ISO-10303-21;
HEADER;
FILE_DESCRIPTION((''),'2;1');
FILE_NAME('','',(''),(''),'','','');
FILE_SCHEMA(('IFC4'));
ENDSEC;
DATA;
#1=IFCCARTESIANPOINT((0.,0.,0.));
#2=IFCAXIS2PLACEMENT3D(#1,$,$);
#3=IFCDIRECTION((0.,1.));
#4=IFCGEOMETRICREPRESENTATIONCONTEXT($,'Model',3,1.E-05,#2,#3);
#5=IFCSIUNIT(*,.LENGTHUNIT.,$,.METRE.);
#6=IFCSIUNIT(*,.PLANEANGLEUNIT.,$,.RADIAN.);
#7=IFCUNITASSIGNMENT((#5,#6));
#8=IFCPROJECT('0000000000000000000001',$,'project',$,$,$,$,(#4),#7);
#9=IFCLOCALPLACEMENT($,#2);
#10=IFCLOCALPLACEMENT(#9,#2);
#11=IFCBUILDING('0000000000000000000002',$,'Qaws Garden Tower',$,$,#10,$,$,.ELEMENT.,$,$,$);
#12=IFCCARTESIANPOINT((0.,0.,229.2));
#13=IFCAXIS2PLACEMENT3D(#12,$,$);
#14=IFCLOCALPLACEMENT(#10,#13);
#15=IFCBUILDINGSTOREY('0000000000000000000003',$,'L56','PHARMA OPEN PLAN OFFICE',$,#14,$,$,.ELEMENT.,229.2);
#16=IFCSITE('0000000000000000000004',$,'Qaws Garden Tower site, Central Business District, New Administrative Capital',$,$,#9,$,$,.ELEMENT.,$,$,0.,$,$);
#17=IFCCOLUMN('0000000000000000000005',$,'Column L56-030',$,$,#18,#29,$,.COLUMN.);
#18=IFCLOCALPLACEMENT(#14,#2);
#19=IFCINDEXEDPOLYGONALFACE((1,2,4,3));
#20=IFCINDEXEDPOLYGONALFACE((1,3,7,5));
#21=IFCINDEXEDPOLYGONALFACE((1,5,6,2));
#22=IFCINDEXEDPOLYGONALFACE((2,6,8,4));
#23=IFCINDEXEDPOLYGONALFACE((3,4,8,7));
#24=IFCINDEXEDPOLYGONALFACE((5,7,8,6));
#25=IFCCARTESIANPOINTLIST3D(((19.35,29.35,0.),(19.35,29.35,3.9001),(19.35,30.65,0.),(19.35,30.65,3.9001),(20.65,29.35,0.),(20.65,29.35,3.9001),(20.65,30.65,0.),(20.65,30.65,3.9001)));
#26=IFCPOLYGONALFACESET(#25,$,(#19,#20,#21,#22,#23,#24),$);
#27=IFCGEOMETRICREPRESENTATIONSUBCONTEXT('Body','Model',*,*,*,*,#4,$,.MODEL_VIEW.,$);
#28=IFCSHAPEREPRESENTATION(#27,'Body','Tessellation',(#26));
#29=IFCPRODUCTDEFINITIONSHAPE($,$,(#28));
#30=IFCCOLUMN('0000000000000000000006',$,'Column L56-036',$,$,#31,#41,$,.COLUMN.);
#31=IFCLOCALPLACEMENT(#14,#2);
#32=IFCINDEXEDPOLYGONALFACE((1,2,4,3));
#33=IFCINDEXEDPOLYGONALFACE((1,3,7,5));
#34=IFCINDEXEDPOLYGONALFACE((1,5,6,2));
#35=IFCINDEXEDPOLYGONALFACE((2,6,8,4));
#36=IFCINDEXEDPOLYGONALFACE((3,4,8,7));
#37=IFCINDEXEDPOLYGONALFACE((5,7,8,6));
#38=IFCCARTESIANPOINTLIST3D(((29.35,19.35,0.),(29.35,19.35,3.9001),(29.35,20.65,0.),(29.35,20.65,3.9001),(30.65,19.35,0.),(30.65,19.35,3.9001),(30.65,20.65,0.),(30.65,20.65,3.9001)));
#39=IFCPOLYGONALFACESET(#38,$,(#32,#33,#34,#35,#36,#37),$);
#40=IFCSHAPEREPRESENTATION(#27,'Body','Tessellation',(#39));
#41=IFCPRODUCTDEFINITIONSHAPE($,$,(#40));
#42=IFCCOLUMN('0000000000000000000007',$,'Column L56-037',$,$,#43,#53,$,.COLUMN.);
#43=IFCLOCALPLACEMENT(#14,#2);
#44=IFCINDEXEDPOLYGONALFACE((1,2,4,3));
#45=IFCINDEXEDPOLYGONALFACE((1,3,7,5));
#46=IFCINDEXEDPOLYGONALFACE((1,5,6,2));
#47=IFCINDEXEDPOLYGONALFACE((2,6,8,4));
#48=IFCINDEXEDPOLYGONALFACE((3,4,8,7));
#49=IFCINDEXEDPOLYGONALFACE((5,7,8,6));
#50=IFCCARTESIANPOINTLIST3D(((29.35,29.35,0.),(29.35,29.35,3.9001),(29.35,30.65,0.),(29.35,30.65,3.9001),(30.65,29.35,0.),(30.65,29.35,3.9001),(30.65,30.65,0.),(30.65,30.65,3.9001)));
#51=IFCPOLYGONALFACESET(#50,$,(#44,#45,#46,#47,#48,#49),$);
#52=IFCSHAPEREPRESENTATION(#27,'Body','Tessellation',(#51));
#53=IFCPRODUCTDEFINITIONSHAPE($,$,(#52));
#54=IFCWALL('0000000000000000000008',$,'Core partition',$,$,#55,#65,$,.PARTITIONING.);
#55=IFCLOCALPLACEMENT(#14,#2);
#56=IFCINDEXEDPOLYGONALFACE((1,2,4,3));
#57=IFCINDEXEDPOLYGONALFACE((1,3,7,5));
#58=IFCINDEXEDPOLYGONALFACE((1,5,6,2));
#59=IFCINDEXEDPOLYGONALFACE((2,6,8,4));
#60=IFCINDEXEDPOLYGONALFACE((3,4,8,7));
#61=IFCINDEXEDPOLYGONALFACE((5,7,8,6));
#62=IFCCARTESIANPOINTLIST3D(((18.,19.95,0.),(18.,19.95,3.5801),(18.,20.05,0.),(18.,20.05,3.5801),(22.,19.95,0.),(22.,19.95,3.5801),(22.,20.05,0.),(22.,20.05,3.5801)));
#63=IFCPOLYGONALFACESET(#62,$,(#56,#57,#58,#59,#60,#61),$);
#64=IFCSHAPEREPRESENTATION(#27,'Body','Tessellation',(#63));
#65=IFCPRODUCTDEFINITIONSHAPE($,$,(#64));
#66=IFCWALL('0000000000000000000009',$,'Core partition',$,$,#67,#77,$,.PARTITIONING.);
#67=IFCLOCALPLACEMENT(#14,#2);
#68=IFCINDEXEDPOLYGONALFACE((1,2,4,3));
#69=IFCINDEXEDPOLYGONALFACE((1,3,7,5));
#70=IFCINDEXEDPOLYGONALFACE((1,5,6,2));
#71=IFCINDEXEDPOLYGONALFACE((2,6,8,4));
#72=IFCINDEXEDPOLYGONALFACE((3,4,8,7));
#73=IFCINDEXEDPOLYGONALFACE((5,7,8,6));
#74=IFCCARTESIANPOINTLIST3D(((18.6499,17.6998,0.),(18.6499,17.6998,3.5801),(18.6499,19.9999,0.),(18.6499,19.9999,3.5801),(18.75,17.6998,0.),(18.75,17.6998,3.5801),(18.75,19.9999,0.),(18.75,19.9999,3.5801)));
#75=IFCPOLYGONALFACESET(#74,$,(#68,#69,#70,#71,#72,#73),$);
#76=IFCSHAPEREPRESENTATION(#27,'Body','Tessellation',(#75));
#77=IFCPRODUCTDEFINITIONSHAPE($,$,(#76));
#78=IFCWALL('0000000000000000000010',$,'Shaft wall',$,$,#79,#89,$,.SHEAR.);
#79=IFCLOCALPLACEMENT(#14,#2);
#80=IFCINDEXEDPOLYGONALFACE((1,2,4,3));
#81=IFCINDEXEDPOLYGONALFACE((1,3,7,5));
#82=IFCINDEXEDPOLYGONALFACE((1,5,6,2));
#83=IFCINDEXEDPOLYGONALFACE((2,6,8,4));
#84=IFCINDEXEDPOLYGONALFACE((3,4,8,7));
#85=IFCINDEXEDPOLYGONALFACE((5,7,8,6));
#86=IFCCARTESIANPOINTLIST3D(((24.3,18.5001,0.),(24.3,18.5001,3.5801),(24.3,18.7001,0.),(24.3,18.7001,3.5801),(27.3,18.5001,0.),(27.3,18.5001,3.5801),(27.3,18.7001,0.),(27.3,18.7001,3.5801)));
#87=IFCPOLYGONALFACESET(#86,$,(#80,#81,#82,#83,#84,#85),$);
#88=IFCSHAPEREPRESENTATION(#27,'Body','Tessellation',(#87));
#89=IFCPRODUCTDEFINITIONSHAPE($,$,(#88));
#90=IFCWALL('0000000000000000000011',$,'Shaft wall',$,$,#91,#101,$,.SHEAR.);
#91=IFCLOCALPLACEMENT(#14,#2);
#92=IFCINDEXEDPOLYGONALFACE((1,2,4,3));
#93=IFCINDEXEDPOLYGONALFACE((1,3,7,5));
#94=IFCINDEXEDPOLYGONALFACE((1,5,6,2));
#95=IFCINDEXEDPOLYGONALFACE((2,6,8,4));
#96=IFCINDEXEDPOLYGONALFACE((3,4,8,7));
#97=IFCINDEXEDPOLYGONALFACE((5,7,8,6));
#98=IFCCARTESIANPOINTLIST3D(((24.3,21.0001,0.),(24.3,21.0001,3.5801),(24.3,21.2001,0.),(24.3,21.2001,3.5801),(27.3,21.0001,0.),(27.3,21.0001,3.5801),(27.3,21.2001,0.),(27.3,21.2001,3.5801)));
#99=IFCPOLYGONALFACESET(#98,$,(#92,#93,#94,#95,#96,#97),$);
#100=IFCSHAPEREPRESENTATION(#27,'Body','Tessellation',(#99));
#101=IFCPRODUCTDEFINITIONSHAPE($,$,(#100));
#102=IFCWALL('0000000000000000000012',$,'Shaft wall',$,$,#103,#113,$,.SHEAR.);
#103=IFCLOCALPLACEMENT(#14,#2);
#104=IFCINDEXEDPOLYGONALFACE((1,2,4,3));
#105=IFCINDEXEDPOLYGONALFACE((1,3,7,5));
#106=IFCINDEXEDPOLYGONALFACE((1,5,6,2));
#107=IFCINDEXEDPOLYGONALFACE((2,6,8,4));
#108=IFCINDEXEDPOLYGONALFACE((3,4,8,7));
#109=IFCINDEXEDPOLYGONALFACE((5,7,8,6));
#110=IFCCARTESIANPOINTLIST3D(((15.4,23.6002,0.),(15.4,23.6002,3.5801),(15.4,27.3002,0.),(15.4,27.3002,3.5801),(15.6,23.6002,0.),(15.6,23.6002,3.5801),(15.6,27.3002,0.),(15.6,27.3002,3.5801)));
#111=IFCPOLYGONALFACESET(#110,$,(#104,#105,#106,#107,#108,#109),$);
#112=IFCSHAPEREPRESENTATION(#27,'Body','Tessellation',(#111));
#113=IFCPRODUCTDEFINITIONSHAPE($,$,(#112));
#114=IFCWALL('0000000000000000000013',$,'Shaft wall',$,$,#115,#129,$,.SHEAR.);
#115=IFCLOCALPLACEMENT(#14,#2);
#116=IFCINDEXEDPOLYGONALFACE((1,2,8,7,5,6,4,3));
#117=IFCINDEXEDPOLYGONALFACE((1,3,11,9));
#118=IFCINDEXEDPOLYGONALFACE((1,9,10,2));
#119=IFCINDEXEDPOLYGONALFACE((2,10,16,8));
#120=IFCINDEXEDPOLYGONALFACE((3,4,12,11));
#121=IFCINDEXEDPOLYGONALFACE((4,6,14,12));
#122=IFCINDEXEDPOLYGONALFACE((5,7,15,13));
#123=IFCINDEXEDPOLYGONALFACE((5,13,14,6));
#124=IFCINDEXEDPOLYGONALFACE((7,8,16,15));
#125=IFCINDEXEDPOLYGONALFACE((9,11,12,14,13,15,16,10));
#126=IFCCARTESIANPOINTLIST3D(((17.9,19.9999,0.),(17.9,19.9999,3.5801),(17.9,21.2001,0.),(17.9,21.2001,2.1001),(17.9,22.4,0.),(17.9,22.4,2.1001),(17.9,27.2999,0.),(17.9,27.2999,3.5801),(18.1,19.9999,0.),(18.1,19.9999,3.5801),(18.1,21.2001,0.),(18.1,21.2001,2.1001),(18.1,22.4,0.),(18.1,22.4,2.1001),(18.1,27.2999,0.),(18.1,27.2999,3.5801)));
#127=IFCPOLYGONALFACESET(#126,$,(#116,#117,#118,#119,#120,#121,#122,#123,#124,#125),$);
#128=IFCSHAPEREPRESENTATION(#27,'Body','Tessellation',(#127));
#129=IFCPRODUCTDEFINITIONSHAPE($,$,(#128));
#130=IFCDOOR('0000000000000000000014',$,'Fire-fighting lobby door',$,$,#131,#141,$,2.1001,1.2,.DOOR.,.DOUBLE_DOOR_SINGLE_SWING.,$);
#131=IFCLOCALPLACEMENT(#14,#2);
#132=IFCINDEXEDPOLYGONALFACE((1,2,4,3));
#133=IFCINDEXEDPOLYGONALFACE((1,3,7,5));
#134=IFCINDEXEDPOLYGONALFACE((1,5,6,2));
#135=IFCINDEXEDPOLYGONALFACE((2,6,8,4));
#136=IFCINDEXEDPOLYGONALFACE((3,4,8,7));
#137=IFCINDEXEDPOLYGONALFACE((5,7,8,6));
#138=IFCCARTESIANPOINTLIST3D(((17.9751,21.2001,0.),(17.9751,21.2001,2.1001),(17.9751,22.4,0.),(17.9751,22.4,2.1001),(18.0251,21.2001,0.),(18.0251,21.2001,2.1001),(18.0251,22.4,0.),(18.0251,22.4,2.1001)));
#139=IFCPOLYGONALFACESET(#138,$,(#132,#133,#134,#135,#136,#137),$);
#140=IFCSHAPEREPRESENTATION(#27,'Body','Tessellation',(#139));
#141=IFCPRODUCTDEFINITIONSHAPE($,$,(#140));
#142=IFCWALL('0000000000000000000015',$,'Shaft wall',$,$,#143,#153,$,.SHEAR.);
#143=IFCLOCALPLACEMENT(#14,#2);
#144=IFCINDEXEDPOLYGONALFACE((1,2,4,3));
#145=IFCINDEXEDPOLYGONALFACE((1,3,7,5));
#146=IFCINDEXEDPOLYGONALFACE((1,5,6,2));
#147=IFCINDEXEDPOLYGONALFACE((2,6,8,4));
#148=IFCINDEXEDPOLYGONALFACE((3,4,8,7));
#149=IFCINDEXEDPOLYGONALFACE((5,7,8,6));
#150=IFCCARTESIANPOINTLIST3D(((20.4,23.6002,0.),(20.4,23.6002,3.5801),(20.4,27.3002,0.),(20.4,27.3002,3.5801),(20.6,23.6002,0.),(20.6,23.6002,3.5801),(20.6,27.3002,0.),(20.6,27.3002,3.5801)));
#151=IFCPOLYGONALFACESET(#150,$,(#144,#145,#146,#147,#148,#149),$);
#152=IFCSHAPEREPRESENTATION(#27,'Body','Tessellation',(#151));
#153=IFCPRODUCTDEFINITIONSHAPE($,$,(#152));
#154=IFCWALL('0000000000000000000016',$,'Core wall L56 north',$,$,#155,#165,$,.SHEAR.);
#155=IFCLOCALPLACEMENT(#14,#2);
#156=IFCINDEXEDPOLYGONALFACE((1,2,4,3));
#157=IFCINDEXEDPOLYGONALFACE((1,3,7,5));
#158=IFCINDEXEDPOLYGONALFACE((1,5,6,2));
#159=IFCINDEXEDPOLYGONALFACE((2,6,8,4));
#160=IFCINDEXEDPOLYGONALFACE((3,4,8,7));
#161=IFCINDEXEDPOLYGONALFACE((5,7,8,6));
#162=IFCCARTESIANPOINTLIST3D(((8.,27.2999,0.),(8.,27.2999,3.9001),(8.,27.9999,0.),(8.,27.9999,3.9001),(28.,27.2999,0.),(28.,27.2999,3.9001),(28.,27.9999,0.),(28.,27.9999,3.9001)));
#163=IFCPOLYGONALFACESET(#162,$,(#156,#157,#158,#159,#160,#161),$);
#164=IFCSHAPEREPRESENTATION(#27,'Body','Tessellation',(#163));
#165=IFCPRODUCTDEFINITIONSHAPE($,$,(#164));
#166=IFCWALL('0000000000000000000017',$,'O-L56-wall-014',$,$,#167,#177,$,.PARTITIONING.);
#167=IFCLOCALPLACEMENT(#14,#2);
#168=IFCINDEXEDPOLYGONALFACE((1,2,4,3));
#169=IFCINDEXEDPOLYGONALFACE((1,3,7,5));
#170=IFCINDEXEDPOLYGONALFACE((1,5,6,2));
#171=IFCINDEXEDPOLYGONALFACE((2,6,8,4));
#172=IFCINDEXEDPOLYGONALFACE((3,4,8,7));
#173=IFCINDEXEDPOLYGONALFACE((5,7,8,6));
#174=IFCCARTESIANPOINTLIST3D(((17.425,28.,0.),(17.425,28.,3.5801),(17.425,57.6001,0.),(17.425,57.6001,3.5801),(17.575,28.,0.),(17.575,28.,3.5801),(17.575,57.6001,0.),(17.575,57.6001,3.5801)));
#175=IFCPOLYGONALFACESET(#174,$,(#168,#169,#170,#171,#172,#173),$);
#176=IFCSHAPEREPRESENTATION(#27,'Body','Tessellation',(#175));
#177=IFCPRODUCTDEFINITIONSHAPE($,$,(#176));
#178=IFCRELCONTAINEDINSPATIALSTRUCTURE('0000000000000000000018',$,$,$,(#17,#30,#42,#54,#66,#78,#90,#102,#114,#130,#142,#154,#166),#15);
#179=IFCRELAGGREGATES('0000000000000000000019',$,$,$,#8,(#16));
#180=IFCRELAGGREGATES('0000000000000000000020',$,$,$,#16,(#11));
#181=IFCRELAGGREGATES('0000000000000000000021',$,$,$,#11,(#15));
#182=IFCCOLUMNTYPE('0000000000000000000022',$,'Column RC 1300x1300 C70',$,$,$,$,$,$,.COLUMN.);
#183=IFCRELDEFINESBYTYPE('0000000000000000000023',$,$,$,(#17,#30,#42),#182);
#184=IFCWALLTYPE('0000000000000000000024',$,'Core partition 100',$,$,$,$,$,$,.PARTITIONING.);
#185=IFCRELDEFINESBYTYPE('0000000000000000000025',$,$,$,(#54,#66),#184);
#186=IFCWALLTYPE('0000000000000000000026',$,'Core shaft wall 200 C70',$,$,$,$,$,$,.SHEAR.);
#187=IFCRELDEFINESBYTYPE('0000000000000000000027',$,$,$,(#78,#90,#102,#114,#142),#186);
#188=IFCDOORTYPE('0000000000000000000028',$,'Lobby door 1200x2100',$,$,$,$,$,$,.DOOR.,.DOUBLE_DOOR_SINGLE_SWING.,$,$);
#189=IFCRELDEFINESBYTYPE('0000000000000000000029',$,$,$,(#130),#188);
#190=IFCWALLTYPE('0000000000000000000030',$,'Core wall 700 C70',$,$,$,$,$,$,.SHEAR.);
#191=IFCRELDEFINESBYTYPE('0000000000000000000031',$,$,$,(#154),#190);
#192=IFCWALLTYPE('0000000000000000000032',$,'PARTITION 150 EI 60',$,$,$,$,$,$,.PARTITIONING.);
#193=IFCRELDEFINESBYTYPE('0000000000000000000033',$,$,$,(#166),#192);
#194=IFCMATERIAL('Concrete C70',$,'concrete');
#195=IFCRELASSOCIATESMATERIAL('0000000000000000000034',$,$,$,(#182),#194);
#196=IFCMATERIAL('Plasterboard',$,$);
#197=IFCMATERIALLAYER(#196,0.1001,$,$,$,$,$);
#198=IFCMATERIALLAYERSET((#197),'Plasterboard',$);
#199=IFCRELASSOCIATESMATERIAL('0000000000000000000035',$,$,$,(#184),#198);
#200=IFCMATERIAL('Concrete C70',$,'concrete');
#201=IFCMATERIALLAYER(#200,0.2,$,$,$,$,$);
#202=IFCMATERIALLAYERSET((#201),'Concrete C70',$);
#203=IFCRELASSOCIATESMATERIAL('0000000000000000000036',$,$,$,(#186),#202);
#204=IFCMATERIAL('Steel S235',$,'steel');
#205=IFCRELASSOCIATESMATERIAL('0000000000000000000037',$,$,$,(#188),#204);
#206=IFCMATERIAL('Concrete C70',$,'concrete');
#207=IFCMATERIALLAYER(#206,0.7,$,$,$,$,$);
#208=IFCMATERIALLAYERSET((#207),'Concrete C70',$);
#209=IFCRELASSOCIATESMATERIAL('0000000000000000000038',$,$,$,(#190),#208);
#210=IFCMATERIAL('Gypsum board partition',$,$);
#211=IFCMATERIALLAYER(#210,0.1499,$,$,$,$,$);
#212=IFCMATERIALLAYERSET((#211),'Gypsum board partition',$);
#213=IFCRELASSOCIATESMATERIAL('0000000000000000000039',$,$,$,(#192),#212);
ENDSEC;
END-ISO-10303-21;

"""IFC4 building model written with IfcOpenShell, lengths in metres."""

from ifc_helpers import new_model, si_unit, direction, frame, frame_2d, origin, origin_2d, place, context, subcontext, project, spatial, rectangle, extrude, material, layer, layer_set, material_profile, profile_set, type_object, element, fill, save


model = new_model("IFC4")

# Units and contexts
model_context = context("Model", 3, precision=1e-05, world=origin(), true_north=direction((0.0, 1.0)))
body_context = subcontext(model_context, "Body", "Model", "MODEL_VIEW")
ifc_project = project(units=[si_unit("LENGTHUNIT", "METRE"), si_unit("PLANEANGLEUNIT", "RADIAN")], contexts=[model_context])

# Site, building, storey
site_placement = place(None, origin())
site = spatial("IfcSite", under=ifc_project, at=site_placement, Name="Qaws Garden Tower site, Central Business District, New Administrative Capital", CompositionType="ELEMENT", RefElevation=0.0)
building_placement = place(site_placement, origin())
building = spatial("IfcBuilding", under=site, at=building_placement, Name="Qaws Garden Tower", CompositionType="ELEMENT")
storey_placement = place(building_placement, frame((0.0, 0.0, 229.2)))
storey = spatial("IfcBuildingStorey", under=building, at=storey_placement, Name="L56", Description="PHARMA OPEN PLAN OFFICE", CompositionType="ELEMENT", Elevation=229.2)

# Columns
ifc_material_1 = material(Name="Concrete C70", Category="concrete")
ifc_material_profile = material_profile(ifc_material_1, rectangle(XDim=1.3, YDim=1.3, at=origin_2d()), Name="RC 1300x1300")
ifc_profile_set = profile_set([ifc_material_profile], Name="Concrete C70")
column_type = type_object("IfcColumnType", Name="Column RC 1300x1300 C70", PredefinedType="COLUMN", material=ifc_profile_set)
for number, where, z_axis, x_axis, name in (
    (1, (20.0, 30.0, 0.0), (0.0, 0.0, 1.0), (1.0, 0.0, 0.0), "Column L56-030"),
    (2, (30.0, 20.0, 0.0), (0.0, 0.0, 1.0), (1.0, 0.0, 0.0), "Column L56-036"),
    (3, (30.0, 30.0, 0.0), (0.0, 0.0, 1.0), (1.0, 0.0, 0.0), "Column L56-037"),
):
    element("IfcColumn", number, at=place(storey_placement, frame(where, z_axis=z_axis, x_axis=x_axis)), inside=storey, type_object=column_type, Name=name, PredefinedType="COLUMN", context=body_context, shape_type="SweptSolid", body=[
        extrude(rectangle(XDim=1.3, YDim=1.3, at=origin_2d()), origin(), (0.0, 0.0, 1.0), 3.9001),
    ])

# Walls
ifc_material_2 = material(Name="Plasterboard")
ifc_layer_1 = layer(ifc_material_2, 0.1001)
ifc_layer_set_1 = layer_set([ifc_layer_1], Name="Plasterboard")
wall_type_1 = type_object("IfcWallType", Name="Core partition 100", PredefinedType="PARTITIONING", material=ifc_layer_set_1)
wall_1_placement = place(storey_placement, frame((18.0, 20.0, 0.0), z_axis=(0.0, 0.0, 1.0), x_axis=(1.0, 0.0, 0.0)))
element("IfcWall", 4, at=wall_1_placement, inside=storey, type_object=wall_type_1, Name="Core partition", PredefinedType="PARTITIONING", context=body_context, shape_type="SweptSolid", body=[
    extrude(rectangle(XDim=4.0, YDim=0.1001, at=frame_2d((2.0, 0.0))), origin(), (0.0, 0.0, 1.0), 3.5801),
])
wall_2_placement = place(storey_placement, frame((18.7, 17.7, 0.0), z_axis=(0.0, 0.0, 1.0), x_axis=(0.0, 1.0, 0.0)))
element("IfcWall", 5, at=wall_2_placement, inside=storey, type_object=wall_type_1, Name="Core partition", PredefinedType="PARTITIONING", context=body_context, shape_type="SweptSolid", body=[
    extrude(rectangle(XDim=2.3, YDim=0.1001, at=frame_2d((1.1499, 0.0))), origin(), (0.0, 0.0, 1.0), 3.5801),
])
ifc_material_3 = material(Name="Concrete C70", Category="concrete")
ifc_layer_2 = layer(ifc_material_3, 0.2)
ifc_layer_set_2 = layer_set([ifc_layer_2], Name="Concrete C70")
wall_type_2 = type_object("IfcWallType", Name="Core shaft wall 200 C70", PredefinedType="SHEAR", material=ifc_layer_set_2)
for number, where, z_axis, x_axis, name in (
    (6, (24.3, 18.6001, 0.0), (0.0, 0.0, 1.0), (1.0, 0.0, 0.0), "Shaft wall"),
    (7, (24.3, 21.1001, 0.0), (0.0, 0.0, 1.0), (1.0, 0.0, 0.0), "Shaft wall"),
):
    element("IfcWall", number, at=place(storey_placement, frame(where, z_axis=z_axis, x_axis=x_axis)), inside=storey, type_object=wall_type_2, Name=name, PredefinedType="SHEAR", context=body_context, shape_type="SweptSolid", body=[
        extrude(rectangle(XDim=3.0, YDim=0.2, at=frame_2d((1.5, 0.0))), origin(), (0.0, 0.0, 1.0), 3.5801),
    ])
wall_3_placement = place(storey_placement, frame((15.5, 23.6001, 0.0), z_axis=(0.0, 0.0, 1.0), x_axis=(0.0, 1.0, 0.0)))
element("IfcWall", 8, at=wall_3_placement, inside=storey, type_object=wall_type_2, Name="Shaft wall", PredefinedType="SHEAR", context=body_context, shape_type="SweptSolid", body=[
    extrude(rectangle(XDim=3.7, YDim=0.2, at=frame_2d((1.8501, 0.0))), origin(), (0.0, 0.0, 1.0), 3.5801),
])

# Wall, opening, door
wall_4_placement = place(storey_placement, frame((18.0, 20.0, 0.0), z_axis=(0.0, 0.0, 1.0), x_axis=(0.0, 1.0, 0.0)))
wall_4 = element("IfcWall", 9, at=wall_4_placement, inside=storey, type_object=wall_type_2, Name="Shaft wall", PredefinedType="SHEAR", context=body_context, shape_type="SweptSolid", body=[
    extrude(rectangle(XDim=7.3, YDim=0.2, at=frame_2d((3.6499, 0.0))), origin(), (0.0, 0.0, 1.0), 3.5801),
])
opening_1_placement = place(wall_4_placement, frame((1.2, 0.0, 0.0)))
opening_1 = element("IfcOpeningElement", 10, at=opening_1_placement, cuts=wall_4, PredefinedType="OPENING", context=body_context, shape_type="SweptSolid", body=[
    extrude(rectangle(XDim=1.2, YDim=2.1001, at=frame_2d((0.6001, 1.05))), frame((0.0, 0.1099, 0.0), z_axis=(0.0, -1.0, 0.0), x_axis=(1.0, 0.0, 0.0)), (0.0, 0.0, 1.0), 0.22),
])
ifc_material_4 = material(Name="Steel S235", Category="steel")
door_type_1 = type_object("IfcDoorType", Name="Lobby door 1200x2100", OperationType="DOUBLE_DOOR_SINGLE_SWING", PredefinedType="DOOR", material=ifc_material_4)
door_1_placement = place(opening_1_placement, origin())
door_1 = element("IfcDoor", 11, at=door_1_placement, inside=storey, type_object=door_type_1, Name="Fire-fighting lobby door", OperationType="DOUBLE_DOOR_SINGLE_SWING", OverallHeight=2.1001, OverallWidth=1.2, PredefinedType="DOOR", context=body_context, shape_type="SweptSolid", body=[
    extrude(rectangle(XDim=1.2, YDim=2.1001, at=frame_2d((0.6001, 1.05))), frame((0.0, 0.0249, 0.0), z_axis=(0.0, -1.0, 0.0), x_axis=(1.0, 0.0, 0.0)), (0.0, 0.0, 1.0), 0.05),
])
fill(opening_1, door_1)

# Walls
wall_5_placement = place(storey_placement, frame((20.5, 23.6001, 0.0), z_axis=(0.0, 0.0, 1.0), x_axis=(0.0, 1.0, 0.0)))
element("IfcWall", 12, at=wall_5_placement, inside=storey, type_object=wall_type_2, Name="Shaft wall", PredefinedType="SHEAR", context=body_context, shape_type="SweptSolid", body=[
    extrude(rectangle(XDim=3.7, YDim=0.2, at=frame_2d((1.8501, 0.0))), origin(), (0.0, 0.0, 1.0), 3.5801),
])
ifc_material_5 = material(Name="Concrete C70", Category="concrete")
ifc_layer_3 = layer(ifc_material_5, 0.7)
ifc_layer_set_3 = layer_set([ifc_layer_3], Name="Concrete C70")
wall_type_3 = type_object("IfcWallType", Name="Core wall 700 C70", PredefinedType="SHEAR", material=ifc_layer_set_3)
wall_6_placement = place(storey_placement, frame((28.0, 27.6499, 0.0), z_axis=(0.0, 0.0, 1.0), x_axis=(-1.0, 0.0, 0.0)))
element("IfcWall", 13, at=wall_6_placement, inside=storey, type_object=wall_type_3, Name="Core wall L56 north", PredefinedType="SHEAR", context=body_context, shape_type="SweptSolid", body=[
    extrude(rectangle(XDim=20.0, YDim=0.7, at=frame_2d((10.0, 0.0))), origin(), (0.0, 0.0, 1.0), 3.9001),
])
ifc_material_6 = material(Name="Gypsum board partition")
ifc_layer_4 = layer(ifc_material_6, 0.1499)
ifc_layer_set_4 = layer_set([ifc_layer_4], Name="Gypsum board partition")
wall_type_4 = type_object("IfcWallType", Name="PARTITION 150 EI 60", PredefinedType="PARTITIONING", material=ifc_layer_set_4)
wall_7_placement = place(storey_placement, frame((17.5, 28.0, 0.0), z_axis=(0.0, 0.0, 1.0), x_axis=(0.0, 1.0, 0.0)))
element("IfcWall", 14, at=wall_7_placement, inside=storey, type_object=wall_type_4, Name="O-L56-wall-014", PredefinedType="PARTITIONING", context=body_context, shape_type="SweptSolid", body=[
    extrude(rectangle(XDim=29.6001, YDim=0.1499, at=frame_2d((14.8, 0.0))), origin(), (0.0, 0.0, 1.0), 3.5801),
])

save(model, "model.ifc")
